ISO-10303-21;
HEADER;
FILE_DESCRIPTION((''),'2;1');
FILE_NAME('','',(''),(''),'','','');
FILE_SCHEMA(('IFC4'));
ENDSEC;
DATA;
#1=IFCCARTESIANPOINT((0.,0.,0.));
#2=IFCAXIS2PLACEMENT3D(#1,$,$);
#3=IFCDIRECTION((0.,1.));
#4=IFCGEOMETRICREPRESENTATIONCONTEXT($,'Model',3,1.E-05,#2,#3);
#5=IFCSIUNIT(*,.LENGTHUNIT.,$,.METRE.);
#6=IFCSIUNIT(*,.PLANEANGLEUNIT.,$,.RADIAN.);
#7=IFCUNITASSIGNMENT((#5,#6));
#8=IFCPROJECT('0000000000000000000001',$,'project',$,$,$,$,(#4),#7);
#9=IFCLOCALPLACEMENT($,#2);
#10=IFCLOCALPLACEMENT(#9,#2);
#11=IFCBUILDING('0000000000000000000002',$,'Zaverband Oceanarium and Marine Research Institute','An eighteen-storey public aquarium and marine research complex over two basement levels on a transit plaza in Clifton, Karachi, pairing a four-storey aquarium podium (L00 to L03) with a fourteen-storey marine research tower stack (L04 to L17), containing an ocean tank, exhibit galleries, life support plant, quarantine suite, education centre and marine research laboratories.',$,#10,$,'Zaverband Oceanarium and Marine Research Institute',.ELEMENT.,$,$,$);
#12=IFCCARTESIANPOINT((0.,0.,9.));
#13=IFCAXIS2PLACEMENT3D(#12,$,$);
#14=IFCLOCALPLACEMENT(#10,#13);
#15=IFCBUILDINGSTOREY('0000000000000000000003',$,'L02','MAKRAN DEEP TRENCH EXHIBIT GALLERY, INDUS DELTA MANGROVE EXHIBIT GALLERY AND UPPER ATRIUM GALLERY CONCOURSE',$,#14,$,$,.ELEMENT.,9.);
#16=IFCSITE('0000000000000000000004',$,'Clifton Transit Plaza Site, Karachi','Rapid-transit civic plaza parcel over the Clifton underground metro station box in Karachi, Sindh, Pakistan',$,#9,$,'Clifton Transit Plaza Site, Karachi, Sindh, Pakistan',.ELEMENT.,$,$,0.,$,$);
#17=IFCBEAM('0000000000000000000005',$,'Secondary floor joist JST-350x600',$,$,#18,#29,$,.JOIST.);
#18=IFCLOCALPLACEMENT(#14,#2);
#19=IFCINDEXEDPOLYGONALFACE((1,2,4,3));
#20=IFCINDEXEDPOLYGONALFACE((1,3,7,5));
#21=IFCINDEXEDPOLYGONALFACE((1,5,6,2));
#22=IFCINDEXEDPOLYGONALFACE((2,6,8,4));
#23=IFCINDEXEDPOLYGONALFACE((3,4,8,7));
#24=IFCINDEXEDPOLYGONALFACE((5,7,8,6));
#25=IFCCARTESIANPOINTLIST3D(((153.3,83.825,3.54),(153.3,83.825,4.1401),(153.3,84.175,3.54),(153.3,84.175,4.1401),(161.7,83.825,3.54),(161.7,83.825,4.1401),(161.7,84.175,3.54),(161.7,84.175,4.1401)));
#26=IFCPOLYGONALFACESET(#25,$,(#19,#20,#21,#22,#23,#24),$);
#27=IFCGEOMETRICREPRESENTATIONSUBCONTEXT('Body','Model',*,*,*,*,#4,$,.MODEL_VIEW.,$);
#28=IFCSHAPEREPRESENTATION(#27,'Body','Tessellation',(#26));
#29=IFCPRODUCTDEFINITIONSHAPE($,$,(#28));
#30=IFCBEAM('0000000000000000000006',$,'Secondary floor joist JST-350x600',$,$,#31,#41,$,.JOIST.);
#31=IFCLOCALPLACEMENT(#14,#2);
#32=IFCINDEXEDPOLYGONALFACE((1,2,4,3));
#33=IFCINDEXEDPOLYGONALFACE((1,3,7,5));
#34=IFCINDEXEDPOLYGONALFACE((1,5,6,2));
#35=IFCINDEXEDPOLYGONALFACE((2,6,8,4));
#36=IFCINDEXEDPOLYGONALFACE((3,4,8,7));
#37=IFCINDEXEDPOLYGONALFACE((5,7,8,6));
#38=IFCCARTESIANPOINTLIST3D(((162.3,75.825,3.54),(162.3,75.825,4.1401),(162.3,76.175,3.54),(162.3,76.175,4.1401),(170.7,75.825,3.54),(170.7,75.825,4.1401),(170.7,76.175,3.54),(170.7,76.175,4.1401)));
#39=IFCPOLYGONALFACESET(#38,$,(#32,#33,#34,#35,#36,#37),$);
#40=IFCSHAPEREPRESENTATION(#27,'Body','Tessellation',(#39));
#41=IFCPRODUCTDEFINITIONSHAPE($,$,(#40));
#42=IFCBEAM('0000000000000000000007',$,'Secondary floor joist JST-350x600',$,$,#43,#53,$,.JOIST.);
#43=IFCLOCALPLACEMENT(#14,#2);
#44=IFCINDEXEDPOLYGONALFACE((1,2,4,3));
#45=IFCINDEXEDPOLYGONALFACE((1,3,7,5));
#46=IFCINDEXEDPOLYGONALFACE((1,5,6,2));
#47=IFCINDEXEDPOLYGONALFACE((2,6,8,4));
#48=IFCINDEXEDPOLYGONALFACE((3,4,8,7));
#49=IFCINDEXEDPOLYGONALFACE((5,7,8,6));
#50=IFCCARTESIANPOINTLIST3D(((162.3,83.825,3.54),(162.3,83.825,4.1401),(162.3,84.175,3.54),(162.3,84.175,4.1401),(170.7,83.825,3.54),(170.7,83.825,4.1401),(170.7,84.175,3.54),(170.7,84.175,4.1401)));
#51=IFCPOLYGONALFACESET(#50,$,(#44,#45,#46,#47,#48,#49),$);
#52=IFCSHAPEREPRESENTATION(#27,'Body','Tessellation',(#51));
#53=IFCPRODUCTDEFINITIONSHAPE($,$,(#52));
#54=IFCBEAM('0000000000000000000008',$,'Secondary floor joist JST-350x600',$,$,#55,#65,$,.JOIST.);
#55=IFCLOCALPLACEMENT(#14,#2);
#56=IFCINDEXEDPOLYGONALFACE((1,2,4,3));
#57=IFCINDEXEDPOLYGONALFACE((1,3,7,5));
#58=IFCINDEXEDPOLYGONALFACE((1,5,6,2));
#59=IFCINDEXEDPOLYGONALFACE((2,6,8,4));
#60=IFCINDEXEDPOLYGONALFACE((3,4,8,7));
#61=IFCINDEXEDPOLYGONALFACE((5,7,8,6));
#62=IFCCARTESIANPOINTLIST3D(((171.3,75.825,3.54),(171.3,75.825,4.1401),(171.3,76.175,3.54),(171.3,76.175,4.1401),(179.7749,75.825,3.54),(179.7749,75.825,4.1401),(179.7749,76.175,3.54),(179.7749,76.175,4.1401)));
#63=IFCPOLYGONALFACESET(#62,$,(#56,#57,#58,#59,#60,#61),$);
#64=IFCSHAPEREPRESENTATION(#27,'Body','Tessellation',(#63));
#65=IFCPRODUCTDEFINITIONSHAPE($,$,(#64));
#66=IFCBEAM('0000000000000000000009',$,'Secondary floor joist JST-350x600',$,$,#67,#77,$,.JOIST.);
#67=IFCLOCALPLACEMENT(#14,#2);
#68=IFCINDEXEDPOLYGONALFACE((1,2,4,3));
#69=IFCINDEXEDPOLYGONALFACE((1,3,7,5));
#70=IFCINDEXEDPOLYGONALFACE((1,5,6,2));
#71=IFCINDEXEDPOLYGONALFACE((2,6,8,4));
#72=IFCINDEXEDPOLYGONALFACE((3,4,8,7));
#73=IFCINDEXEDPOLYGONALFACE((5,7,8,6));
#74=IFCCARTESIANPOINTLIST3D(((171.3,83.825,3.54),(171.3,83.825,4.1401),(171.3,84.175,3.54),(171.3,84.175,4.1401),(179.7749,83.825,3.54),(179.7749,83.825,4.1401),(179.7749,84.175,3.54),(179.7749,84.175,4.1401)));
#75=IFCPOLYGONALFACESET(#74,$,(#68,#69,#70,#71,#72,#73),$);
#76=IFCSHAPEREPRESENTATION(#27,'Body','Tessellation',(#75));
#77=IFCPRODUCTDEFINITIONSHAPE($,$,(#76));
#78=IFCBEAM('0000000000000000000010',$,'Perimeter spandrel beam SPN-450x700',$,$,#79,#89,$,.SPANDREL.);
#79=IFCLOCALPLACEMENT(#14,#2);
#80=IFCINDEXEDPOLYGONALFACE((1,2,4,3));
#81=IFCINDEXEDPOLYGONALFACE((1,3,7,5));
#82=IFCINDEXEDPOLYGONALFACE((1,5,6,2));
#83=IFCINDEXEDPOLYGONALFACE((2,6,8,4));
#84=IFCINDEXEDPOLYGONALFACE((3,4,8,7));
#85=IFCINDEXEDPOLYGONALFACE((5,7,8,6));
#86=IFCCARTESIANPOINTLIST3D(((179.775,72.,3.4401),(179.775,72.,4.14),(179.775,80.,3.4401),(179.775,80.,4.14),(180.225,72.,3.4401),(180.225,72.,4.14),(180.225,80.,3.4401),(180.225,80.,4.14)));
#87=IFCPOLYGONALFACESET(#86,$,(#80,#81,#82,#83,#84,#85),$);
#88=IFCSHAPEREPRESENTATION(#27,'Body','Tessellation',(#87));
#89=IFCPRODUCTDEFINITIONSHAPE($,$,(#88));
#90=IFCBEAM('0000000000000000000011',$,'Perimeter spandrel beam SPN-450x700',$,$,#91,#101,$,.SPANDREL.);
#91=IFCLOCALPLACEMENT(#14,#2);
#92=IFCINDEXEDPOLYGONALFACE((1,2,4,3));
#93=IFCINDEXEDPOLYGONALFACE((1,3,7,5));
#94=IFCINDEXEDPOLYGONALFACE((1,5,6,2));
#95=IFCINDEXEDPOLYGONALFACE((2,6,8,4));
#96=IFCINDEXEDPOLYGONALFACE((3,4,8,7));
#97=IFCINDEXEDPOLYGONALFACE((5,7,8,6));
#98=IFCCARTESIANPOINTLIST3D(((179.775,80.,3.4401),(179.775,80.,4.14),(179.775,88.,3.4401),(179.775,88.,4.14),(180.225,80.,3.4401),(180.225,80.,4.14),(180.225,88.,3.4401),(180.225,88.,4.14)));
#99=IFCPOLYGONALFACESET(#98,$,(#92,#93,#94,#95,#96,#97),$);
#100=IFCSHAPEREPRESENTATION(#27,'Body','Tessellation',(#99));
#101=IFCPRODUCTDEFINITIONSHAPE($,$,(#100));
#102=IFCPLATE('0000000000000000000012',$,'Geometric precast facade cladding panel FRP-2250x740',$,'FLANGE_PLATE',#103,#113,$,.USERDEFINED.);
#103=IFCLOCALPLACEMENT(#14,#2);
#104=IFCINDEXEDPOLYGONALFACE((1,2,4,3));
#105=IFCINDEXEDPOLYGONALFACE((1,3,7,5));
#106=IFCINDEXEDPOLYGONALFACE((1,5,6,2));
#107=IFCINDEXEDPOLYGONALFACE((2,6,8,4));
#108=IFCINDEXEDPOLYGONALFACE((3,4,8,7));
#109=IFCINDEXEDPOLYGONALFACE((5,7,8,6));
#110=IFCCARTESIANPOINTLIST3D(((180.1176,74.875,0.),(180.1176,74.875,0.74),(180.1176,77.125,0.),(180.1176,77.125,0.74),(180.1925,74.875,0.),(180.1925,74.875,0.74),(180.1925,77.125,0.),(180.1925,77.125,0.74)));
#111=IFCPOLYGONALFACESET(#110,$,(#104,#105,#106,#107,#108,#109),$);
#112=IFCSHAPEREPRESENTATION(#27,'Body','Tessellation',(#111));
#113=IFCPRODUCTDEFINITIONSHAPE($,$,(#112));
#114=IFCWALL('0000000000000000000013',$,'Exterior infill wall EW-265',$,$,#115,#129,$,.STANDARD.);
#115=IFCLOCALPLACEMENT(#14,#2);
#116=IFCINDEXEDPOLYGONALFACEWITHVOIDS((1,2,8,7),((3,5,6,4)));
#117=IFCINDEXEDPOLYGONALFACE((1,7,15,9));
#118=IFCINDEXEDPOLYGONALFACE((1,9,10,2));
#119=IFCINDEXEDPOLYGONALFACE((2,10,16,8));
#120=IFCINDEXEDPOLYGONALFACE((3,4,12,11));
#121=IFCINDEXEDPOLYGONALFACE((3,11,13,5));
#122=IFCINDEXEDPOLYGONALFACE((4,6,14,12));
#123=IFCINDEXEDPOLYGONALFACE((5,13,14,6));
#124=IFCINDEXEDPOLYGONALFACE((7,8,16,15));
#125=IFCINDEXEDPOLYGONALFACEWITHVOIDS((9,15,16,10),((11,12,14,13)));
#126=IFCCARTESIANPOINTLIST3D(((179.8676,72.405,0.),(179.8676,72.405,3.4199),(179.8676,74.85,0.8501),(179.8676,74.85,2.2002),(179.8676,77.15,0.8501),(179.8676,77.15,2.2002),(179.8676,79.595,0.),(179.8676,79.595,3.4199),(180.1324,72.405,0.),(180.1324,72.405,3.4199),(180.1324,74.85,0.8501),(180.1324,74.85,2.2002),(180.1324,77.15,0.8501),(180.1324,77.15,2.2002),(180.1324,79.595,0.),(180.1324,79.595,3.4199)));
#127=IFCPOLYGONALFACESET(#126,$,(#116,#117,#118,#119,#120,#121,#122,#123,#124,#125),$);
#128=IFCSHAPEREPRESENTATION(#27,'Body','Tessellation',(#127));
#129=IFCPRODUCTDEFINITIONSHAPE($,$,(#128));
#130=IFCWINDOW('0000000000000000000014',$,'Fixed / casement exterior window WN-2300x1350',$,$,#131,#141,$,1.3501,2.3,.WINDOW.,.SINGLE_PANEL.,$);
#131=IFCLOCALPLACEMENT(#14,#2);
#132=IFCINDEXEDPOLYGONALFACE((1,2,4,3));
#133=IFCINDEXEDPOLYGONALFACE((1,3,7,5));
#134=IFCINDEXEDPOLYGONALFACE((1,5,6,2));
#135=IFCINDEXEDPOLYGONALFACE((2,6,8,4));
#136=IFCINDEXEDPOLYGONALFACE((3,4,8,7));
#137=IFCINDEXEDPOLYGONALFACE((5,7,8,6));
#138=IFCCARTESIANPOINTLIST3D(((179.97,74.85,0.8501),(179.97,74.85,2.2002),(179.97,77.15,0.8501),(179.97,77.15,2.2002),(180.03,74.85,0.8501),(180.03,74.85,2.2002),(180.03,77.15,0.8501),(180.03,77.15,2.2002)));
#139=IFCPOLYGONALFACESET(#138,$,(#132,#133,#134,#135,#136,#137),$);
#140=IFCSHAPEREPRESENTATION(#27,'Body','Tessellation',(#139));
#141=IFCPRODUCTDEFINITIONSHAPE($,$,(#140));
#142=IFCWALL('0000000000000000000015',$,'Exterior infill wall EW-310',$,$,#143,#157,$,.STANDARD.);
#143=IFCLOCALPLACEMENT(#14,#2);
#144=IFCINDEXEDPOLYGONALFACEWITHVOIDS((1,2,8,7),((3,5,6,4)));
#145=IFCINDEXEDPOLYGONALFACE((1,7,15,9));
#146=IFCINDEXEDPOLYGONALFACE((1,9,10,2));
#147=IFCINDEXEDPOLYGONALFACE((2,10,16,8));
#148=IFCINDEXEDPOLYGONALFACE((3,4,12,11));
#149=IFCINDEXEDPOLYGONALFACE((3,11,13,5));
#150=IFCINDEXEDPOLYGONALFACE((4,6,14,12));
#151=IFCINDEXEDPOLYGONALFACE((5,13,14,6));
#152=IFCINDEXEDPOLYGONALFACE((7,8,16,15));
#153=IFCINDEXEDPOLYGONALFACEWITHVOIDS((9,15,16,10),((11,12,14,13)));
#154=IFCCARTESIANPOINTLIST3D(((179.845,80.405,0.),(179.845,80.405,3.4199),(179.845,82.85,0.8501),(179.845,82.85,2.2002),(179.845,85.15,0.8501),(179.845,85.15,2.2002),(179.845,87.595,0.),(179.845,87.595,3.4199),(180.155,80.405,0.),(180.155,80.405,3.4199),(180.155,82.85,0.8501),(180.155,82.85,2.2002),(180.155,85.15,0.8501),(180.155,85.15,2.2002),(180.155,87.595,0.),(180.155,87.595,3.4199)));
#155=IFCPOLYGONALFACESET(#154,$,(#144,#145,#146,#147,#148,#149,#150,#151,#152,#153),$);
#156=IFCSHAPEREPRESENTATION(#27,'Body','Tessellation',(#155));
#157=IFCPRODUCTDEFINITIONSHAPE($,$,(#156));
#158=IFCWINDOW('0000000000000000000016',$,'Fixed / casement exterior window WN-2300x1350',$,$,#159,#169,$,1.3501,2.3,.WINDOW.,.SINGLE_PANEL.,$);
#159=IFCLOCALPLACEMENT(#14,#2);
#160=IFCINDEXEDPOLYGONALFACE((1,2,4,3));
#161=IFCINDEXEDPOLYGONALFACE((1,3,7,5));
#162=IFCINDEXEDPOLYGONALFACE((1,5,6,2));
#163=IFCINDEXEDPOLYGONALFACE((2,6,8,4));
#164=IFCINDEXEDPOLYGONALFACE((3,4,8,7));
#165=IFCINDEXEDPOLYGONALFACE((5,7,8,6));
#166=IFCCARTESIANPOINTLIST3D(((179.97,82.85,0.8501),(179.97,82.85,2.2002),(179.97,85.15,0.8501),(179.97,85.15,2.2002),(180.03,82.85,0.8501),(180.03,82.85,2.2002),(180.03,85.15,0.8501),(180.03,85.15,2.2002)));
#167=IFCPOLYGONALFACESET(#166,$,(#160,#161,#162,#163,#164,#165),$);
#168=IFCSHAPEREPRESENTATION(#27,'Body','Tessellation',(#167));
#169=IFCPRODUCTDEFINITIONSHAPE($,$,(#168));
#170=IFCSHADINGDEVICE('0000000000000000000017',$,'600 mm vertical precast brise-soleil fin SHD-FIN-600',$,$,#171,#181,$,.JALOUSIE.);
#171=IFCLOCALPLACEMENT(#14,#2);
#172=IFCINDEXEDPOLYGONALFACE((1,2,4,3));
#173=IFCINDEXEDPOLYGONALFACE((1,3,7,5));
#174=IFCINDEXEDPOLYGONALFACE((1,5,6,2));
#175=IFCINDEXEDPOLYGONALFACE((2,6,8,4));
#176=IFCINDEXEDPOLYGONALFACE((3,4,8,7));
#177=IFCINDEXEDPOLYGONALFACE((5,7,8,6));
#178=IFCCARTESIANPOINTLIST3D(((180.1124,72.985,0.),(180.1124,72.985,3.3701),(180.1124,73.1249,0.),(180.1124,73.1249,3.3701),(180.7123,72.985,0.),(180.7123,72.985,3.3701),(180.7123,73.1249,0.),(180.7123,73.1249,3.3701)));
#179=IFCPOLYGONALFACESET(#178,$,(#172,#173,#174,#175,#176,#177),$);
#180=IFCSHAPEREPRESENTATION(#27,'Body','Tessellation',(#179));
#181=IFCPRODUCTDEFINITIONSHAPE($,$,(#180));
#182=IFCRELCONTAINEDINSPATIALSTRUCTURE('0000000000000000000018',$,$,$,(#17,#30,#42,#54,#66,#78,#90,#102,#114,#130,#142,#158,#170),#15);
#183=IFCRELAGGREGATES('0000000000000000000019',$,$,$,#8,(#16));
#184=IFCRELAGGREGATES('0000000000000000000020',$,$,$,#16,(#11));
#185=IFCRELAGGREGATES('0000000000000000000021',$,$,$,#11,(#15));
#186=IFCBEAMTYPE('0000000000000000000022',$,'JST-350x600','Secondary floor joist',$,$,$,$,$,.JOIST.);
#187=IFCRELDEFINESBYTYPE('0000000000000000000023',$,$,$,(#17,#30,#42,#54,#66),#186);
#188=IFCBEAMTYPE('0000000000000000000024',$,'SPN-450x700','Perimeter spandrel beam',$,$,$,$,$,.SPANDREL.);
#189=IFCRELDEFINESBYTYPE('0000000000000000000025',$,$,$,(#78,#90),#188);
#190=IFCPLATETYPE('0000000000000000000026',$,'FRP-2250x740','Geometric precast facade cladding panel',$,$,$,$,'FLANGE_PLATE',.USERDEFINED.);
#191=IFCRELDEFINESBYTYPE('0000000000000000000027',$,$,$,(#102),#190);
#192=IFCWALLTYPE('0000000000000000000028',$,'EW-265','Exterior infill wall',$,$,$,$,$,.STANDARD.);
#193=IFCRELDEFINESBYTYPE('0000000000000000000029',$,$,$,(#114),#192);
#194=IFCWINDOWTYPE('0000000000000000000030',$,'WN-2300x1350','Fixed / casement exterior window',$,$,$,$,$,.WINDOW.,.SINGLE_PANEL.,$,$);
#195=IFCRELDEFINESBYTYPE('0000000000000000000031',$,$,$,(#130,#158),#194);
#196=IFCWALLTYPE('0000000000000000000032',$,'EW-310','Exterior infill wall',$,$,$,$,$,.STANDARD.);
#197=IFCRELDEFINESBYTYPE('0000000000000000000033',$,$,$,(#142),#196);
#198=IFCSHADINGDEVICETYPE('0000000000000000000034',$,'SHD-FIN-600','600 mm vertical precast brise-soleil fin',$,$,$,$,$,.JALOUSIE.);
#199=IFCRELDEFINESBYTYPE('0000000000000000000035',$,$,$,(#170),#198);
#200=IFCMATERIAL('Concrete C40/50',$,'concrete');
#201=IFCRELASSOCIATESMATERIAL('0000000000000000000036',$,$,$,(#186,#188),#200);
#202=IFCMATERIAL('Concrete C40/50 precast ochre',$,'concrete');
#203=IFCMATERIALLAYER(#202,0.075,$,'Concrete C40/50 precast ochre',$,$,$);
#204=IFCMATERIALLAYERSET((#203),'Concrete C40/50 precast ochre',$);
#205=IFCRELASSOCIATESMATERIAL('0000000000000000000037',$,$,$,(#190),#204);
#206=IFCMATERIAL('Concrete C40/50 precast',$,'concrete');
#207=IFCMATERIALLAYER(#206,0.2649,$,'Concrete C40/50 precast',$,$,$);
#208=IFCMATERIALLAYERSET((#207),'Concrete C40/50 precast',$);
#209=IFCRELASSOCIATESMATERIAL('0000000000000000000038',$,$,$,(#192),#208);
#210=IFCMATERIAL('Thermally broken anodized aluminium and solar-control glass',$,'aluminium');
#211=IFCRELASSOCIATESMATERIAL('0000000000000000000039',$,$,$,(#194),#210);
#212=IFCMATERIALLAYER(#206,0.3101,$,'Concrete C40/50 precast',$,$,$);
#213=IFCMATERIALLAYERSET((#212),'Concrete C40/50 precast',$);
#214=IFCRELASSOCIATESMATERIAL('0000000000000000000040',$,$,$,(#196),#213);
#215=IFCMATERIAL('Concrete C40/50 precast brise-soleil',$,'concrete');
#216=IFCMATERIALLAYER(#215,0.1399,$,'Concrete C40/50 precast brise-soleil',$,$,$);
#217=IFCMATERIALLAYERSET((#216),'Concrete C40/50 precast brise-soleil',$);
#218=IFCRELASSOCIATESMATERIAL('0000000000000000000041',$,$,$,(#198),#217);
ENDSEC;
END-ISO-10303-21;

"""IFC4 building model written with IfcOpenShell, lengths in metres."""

from ifc_helpers import new_model, si_unit, direction, frame, frame_2d, origin, origin_2d, place, context, subcontext, project, spatial, rectangle, extrude, material, layer, layer_set, material_profile, profile_set, type_object, element, fill, save


model = new_model("IFC4")

# Units and contexts
model_context = context("Model", 3, precision=1e-05, world=origin(), true_north=direction((0.0, 1.0)))
body_context = subcontext(model_context, "Body", "Model", "MODEL_VIEW")
ifc_project = project(units=[si_unit("LENGTHUNIT", "METRE"), si_unit("PLANEANGLEUNIT", "RADIAN")], contexts=[model_context])

# Site, building, storey
site_placement = place(None, origin())
site = spatial("IfcSite", under=ifc_project, at=site_placement, Name="Clifton Transit Plaza Site, Karachi", Description="Rapid-transit civic plaza parcel over the Clifton underground metro station box in Karachi, Sindh, Pakistan", LongName="Clifton Transit Plaza Site, Karachi, Sindh, Pakistan", CompositionType="ELEMENT", RefElevation=0.0)
building_placement = place(site_placement, origin())
building = spatial("IfcBuilding", under=site, at=building_placement, Name="Zaverband Oceanarium and Marine Research Institute", Description="An eighteen-storey public aquarium and marine research complex over two basement levels on a transit plaza in Clifton, Karachi, pairing a four-storey aquarium podium (L00 to L03) with a fourteen-storey marine research tower stack (L04 to L17), containing an ocean tank, exhibit galleries, life support plant, quarantine suite, education centre and marine research laboratories.", LongName="Zaverband Oceanarium and Marine Research Institute", CompositionType="ELEMENT")
storey_placement = place(building_placement, frame((0.0, 0.0, 9.0)))
storey = spatial("IfcBuildingStorey", under=building, at=storey_placement, Name="L02", Description="MAKRAN DEEP TRENCH EXHIBIT GALLERY, INDUS DELTA MANGROVE EXHIBIT GALLERY AND UPPER ATRIUM GALLERY CONCOURSE", CompositionType="ELEMENT", Elevation=9.0)

# Beams
ifc_material_1 = material(Name="Concrete C40/50", Category="concrete")
ifc_material_profile_1 = material_profile(ifc_material_1, rectangle(XDim=0.3501, YDim=0.6001, at=origin_2d()), Name="RC350x600")
ifc_profile_set_1 = profile_set([ifc_material_profile_1], Name="Concrete C40/50")
beam_type_1 = type_object("IfcBeamType", Name="JST-350x600", Description="Secondary floor joist", PredefinedType="JOIST", material=ifc_profile_set_1)
for number, where, z_axis, x_axis, name in (
    (1, (153.3, 84.0, 3.8401), (1.0, 0.0, 0.0), (0.0, 1.0, 0.0), "Secondary floor joist JST-350x600"),
    (2, (162.3, 76.0, 3.8401), (1.0, 0.0, 0.0), (0.0, 1.0, 0.0), "Secondary floor joist JST-350x600"),
    (3, (162.3, 84.0, 3.8401), (1.0, 0.0, 0.0), (0.0, 1.0, 0.0), "Secondary floor joist JST-350x600"),
):
    element("IfcBeam", number, at=place(storey_placement, frame(where, z_axis=z_axis, x_axis=x_axis)), inside=storey, type_object=beam_type_1, Name=name, PredefinedType="JOIST", context=body_context, shape_type="SweptSolid", body=[
        extrude(rectangle(XDim=0.3501, YDim=0.6001, at=origin_2d()), origin(), (0.0, 0.0, 1.0), 8.3999),
    ])
for number, where, z_axis, x_axis, name in (
    (4, (171.3, 76.0, 3.8401), (1.0, 0.0, 0.0), (0.0, 1.0, 0.0), "Secondary floor joist JST-350x600"),
    (5, (171.3, 84.0, 3.8401), (1.0, 0.0, 0.0), (0.0, 1.0, 0.0), "Secondary floor joist JST-350x600"),
):
    element("IfcBeam", number, at=place(storey_placement, frame(where, z_axis=z_axis, x_axis=x_axis)), inside=storey, type_object=beam_type_1, Name=name, PredefinedType="JOIST", context=body_context, shape_type="SweptSolid", body=[
        extrude(rectangle(XDim=0.3501, YDim=0.6001, at=origin_2d()), origin(), (0.0, 0.0, 1.0), 8.4749),
    ])
ifc_material_profile_2 = material_profile(ifc_material_1, rectangle(XDim=0.45, YDim=0.7, at=origin_2d()), Name="RC450x700")
ifc_profile_set_2 = profile_set([ifc_material_profile_2], Name="Concrete C40/50")
beam_type_2 = type_object("IfcBeamType", Name="SPN-450x700", Description="Perimeter spandrel beam", PredefinedType="SPANDREL", material=ifc_profile_set_2)
for number, where, z_axis, x_axis, name in (
    (6, (180.0, 72.0, 3.79), (0.0, 1.0, 0.0), (-1.0, 0.0, 0.0), "Perimeter spandrel beam SPN-450x700"),
    (7, (180.0, 80.0, 3.79), (0.0, 1.0, 0.0), (-1.0, 0.0, 0.0), "Perimeter spandrel beam SPN-450x700"),
):
    element("IfcBeam", number, at=place(storey_placement, frame(where, z_axis=z_axis, x_axis=x_axis)), inside=storey, type_object=beam_type_2, Name=name, PredefinedType="SPANDREL", context=body_context, shape_type="SweptSolid", body=[
        extrude(rectangle(XDim=0.45, YDim=0.7, at=origin_2d()), origin(), (0.0, 0.0, 1.0), 8.0),
    ])

# Plate
ifc_material_2 = material(Name="Concrete C40/50 precast ochre", Category="concrete")
ifc_layer_1 = layer(ifc_material_2, 0.075, Name="Concrete C40/50 precast ochre")
ifc_layer_set_1 = layer_set([ifc_layer_1], Name="Concrete C40/50 precast ochre")
plate_type = type_object("IfcPlateType", Name="FRP-2250x740", Description="Geometric precast facade cladding panel", ElementType="FLANGE_PLATE", PredefinedType="USERDEFINED", material=ifc_layer_set_1)
plate_placement = place(storey_placement, frame((180.155, 74.875, 0.0), z_axis=(0.0, 0.0, 1.0), x_axis=(0.0, 1.0, 0.0)))
element("IfcPlate", 8, at=plate_placement, inside=storey, type_object=plate_type, Name="Geometric precast facade cladding panel FRP-2250x740", ObjectType="FLANGE_PLATE", PredefinedType="USERDEFINED", context=body_context, shape_type="SweptSolid", body=[
    extrude(rectangle(XDim=2.25, YDim=0.075, at=frame_2d((1.125, 0.0))), origin(), (0.0, 0.0, 1.0), 0.74),
])

# Walls, openings, windows
ifc_material_3 = material(Name="Concrete C40/50 precast", Category="concrete")
ifc_layer_2 = layer(ifc_material_3, 0.2649, Name="Concrete C40/50 precast")
ifc_layer_set_2 = layer_set([ifc_layer_2], Name="Concrete C40/50 precast")
wall_type_1 = type_object("IfcWallType", Name="EW-265", Description="Exterior infill wall", PredefinedType="STANDARD", material=ifc_layer_set_2)
wall_1_placement = place(storey_placement, frame((180.0, 72.405, 0.0), z_axis=(0.0, 0.0, 1.0), x_axis=(0.0, 1.0, 0.0)))
wall_1 = element("IfcWall", 9, at=wall_1_placement, inside=storey, type_object=wall_type_1, Name="Exterior infill wall EW-265", PredefinedType="STANDARD", context=body_context, shape_type="SweptSolid", body=[
    extrude(rectangle(XDim=7.1899, YDim=0.2649, at=frame_2d((3.595, 0.0))), origin(), (0.0, 0.0, 1.0), 3.4199),
])
opening_1_placement = place(wall_1_placement, frame((2.4451, 0.0, 0.8501)))
opening_1 = element("IfcOpeningElement", 10, at=opening_1_placement, cuts=wall_1, PredefinedType="OPENING", context=body_context, shape_type="SweptSolid", body=[
    extrude(rectangle(XDim=2.3, YDim=1.3501, at=frame_2d((1.1499, 0.675))), frame((0.0, 0.1445, 0.0), z_axis=(0.0, -1.0, 0.0), x_axis=(1.0, 0.0, 0.0)), (0.0, 0.0, 1.0), 0.2888),
])
ifc_material_4 = material(Name="Thermally broken anodized aluminium and solar-control glass", Category="aluminium")
window_type = type_object("IfcWindowType", Name="WN-2300x1350", Description="Fixed / casement exterior window", PartitioningType="SINGLE_PANEL", PredefinedType="WINDOW", material=ifc_material_4)
window_1_placement = place(opening_1_placement, origin())
window_1 = element("IfcWindow", 11, at=window_1_placement, inside=storey, type_object=window_type, Name="Fixed / casement exterior window WN-2300x1350", OverallHeight=1.3501, OverallWidth=2.3, PartitioningType="SINGLE_PANEL", PredefinedType="WINDOW", context=body_context, shape_type="SweptSolid", body=[
    extrude(rectangle(XDim=2.3, YDim=1.3501, at=frame_2d((1.1499, 0.675))), frame((0.0, 0.03, 0.0), z_axis=(0.0, -1.0, 0.0), x_axis=(1.0, 0.0, 0.0)), (0.0, 0.0, 1.0), 0.0601),
])
fill(opening_1, window_1)
ifc_layer_3 = layer(ifc_material_3, 0.3101, Name="Concrete C40/50 precast")
ifc_layer_set_3 = layer_set([ifc_layer_3], Name="Concrete C40/50 precast")
wall_type_2 = type_object("IfcWallType", Name="EW-310", Description="Exterior infill wall", PredefinedType="STANDARD", material=ifc_layer_set_3)
wall_2_placement = place(storey_placement, frame((180.0, 80.405, 0.0), z_axis=(0.0, 0.0, 1.0), x_axis=(0.0, 1.0, 0.0)))
wall_2 = element("IfcWall", 12, at=wall_2_placement, inside=storey, type_object=wall_type_2, Name="Exterior infill wall EW-310", PredefinedType="STANDARD", context=body_context, shape_type="SweptSolid", body=[
    extrude(rectangle(XDim=7.1899, YDim=0.3101, at=frame_2d((3.595, 0.0))), origin(), (0.0, 0.0, 1.0), 3.4199),
])
opening_2_placement = place(wall_2_placement, frame((2.4451, 0.0, 0.8501)))
opening_2 = element("IfcOpeningElement", 13, at=opening_2_placement, cuts=wall_2, PredefinedType="OPENING", context=body_context, shape_type="SweptSolid", body=[
    extrude(rectangle(XDim=2.3, YDim=1.3501, at=frame_2d((1.1499, 0.675))), frame((0.0, 0.167, 0.0), z_axis=(0.0, -1.0, 0.0), x_axis=(1.0, 0.0, 0.0)), (0.0, 0.0, 1.0), 0.334),
])
window_2_placement = place(opening_2_placement, origin())
window_2 = element("IfcWindow", 14, at=window_2_placement, inside=storey, type_object=window_type, Name="Fixed / casement exterior window WN-2300x1350", OverallHeight=1.3501, OverallWidth=2.3, PartitioningType="SINGLE_PANEL", PredefinedType="WINDOW", context=body_context, shape_type="SweptSolid", body=[
    extrude(rectangle(XDim=2.3, YDim=1.3501, at=frame_2d((1.1499, 0.675))), frame((0.0, 0.03, 0.0), z_axis=(0.0, -1.0, 0.0), x_axis=(1.0, 0.0, 0.0)), (0.0, 0.0, 1.0), 0.0601),
])
fill(opening_2, window_2)

# Shading device
ifc_material_5 = material(Name="Concrete C40/50 precast brise-soleil", Category="concrete")
ifc_layer_4 = layer(ifc_material_5, 0.1399, Name="Concrete C40/50 precast brise-soleil")
ifc_layer_set_4 = layer_set([ifc_layer_4], Name="Concrete C40/50 precast brise-soleil")
shading_device_type = type_object("IfcShadingDeviceType", Name="SHD-FIN-600", Description="600 mm vertical precast brise-soleil fin", PredefinedType="JALOUSIE", material=ifc_layer_set_4)
shading_device_placement = place(storey_placement, frame((180.1125, 73.0549, 0.0), z_axis=(0.0, 0.0, 1.0), x_axis=(1.0, 0.0, 0.0)))
element("IfcShadingDevice", 15, at=shading_device_placement, inside=storey, type_object=shading_device_type, Name="600 mm vertical precast brise-soleil fin SHD-FIN-600", PredefinedType="JALOUSIE", context=body_context, shape_type="SweptSolid", body=[
    extrude(rectangle(XDim=0.5999, YDim=0.1399, at=frame_2d((0.2998, 0.0))), origin(), (0.0, 0.0, 1.0), 3.3701),
])

save(model, "model.ifc")
